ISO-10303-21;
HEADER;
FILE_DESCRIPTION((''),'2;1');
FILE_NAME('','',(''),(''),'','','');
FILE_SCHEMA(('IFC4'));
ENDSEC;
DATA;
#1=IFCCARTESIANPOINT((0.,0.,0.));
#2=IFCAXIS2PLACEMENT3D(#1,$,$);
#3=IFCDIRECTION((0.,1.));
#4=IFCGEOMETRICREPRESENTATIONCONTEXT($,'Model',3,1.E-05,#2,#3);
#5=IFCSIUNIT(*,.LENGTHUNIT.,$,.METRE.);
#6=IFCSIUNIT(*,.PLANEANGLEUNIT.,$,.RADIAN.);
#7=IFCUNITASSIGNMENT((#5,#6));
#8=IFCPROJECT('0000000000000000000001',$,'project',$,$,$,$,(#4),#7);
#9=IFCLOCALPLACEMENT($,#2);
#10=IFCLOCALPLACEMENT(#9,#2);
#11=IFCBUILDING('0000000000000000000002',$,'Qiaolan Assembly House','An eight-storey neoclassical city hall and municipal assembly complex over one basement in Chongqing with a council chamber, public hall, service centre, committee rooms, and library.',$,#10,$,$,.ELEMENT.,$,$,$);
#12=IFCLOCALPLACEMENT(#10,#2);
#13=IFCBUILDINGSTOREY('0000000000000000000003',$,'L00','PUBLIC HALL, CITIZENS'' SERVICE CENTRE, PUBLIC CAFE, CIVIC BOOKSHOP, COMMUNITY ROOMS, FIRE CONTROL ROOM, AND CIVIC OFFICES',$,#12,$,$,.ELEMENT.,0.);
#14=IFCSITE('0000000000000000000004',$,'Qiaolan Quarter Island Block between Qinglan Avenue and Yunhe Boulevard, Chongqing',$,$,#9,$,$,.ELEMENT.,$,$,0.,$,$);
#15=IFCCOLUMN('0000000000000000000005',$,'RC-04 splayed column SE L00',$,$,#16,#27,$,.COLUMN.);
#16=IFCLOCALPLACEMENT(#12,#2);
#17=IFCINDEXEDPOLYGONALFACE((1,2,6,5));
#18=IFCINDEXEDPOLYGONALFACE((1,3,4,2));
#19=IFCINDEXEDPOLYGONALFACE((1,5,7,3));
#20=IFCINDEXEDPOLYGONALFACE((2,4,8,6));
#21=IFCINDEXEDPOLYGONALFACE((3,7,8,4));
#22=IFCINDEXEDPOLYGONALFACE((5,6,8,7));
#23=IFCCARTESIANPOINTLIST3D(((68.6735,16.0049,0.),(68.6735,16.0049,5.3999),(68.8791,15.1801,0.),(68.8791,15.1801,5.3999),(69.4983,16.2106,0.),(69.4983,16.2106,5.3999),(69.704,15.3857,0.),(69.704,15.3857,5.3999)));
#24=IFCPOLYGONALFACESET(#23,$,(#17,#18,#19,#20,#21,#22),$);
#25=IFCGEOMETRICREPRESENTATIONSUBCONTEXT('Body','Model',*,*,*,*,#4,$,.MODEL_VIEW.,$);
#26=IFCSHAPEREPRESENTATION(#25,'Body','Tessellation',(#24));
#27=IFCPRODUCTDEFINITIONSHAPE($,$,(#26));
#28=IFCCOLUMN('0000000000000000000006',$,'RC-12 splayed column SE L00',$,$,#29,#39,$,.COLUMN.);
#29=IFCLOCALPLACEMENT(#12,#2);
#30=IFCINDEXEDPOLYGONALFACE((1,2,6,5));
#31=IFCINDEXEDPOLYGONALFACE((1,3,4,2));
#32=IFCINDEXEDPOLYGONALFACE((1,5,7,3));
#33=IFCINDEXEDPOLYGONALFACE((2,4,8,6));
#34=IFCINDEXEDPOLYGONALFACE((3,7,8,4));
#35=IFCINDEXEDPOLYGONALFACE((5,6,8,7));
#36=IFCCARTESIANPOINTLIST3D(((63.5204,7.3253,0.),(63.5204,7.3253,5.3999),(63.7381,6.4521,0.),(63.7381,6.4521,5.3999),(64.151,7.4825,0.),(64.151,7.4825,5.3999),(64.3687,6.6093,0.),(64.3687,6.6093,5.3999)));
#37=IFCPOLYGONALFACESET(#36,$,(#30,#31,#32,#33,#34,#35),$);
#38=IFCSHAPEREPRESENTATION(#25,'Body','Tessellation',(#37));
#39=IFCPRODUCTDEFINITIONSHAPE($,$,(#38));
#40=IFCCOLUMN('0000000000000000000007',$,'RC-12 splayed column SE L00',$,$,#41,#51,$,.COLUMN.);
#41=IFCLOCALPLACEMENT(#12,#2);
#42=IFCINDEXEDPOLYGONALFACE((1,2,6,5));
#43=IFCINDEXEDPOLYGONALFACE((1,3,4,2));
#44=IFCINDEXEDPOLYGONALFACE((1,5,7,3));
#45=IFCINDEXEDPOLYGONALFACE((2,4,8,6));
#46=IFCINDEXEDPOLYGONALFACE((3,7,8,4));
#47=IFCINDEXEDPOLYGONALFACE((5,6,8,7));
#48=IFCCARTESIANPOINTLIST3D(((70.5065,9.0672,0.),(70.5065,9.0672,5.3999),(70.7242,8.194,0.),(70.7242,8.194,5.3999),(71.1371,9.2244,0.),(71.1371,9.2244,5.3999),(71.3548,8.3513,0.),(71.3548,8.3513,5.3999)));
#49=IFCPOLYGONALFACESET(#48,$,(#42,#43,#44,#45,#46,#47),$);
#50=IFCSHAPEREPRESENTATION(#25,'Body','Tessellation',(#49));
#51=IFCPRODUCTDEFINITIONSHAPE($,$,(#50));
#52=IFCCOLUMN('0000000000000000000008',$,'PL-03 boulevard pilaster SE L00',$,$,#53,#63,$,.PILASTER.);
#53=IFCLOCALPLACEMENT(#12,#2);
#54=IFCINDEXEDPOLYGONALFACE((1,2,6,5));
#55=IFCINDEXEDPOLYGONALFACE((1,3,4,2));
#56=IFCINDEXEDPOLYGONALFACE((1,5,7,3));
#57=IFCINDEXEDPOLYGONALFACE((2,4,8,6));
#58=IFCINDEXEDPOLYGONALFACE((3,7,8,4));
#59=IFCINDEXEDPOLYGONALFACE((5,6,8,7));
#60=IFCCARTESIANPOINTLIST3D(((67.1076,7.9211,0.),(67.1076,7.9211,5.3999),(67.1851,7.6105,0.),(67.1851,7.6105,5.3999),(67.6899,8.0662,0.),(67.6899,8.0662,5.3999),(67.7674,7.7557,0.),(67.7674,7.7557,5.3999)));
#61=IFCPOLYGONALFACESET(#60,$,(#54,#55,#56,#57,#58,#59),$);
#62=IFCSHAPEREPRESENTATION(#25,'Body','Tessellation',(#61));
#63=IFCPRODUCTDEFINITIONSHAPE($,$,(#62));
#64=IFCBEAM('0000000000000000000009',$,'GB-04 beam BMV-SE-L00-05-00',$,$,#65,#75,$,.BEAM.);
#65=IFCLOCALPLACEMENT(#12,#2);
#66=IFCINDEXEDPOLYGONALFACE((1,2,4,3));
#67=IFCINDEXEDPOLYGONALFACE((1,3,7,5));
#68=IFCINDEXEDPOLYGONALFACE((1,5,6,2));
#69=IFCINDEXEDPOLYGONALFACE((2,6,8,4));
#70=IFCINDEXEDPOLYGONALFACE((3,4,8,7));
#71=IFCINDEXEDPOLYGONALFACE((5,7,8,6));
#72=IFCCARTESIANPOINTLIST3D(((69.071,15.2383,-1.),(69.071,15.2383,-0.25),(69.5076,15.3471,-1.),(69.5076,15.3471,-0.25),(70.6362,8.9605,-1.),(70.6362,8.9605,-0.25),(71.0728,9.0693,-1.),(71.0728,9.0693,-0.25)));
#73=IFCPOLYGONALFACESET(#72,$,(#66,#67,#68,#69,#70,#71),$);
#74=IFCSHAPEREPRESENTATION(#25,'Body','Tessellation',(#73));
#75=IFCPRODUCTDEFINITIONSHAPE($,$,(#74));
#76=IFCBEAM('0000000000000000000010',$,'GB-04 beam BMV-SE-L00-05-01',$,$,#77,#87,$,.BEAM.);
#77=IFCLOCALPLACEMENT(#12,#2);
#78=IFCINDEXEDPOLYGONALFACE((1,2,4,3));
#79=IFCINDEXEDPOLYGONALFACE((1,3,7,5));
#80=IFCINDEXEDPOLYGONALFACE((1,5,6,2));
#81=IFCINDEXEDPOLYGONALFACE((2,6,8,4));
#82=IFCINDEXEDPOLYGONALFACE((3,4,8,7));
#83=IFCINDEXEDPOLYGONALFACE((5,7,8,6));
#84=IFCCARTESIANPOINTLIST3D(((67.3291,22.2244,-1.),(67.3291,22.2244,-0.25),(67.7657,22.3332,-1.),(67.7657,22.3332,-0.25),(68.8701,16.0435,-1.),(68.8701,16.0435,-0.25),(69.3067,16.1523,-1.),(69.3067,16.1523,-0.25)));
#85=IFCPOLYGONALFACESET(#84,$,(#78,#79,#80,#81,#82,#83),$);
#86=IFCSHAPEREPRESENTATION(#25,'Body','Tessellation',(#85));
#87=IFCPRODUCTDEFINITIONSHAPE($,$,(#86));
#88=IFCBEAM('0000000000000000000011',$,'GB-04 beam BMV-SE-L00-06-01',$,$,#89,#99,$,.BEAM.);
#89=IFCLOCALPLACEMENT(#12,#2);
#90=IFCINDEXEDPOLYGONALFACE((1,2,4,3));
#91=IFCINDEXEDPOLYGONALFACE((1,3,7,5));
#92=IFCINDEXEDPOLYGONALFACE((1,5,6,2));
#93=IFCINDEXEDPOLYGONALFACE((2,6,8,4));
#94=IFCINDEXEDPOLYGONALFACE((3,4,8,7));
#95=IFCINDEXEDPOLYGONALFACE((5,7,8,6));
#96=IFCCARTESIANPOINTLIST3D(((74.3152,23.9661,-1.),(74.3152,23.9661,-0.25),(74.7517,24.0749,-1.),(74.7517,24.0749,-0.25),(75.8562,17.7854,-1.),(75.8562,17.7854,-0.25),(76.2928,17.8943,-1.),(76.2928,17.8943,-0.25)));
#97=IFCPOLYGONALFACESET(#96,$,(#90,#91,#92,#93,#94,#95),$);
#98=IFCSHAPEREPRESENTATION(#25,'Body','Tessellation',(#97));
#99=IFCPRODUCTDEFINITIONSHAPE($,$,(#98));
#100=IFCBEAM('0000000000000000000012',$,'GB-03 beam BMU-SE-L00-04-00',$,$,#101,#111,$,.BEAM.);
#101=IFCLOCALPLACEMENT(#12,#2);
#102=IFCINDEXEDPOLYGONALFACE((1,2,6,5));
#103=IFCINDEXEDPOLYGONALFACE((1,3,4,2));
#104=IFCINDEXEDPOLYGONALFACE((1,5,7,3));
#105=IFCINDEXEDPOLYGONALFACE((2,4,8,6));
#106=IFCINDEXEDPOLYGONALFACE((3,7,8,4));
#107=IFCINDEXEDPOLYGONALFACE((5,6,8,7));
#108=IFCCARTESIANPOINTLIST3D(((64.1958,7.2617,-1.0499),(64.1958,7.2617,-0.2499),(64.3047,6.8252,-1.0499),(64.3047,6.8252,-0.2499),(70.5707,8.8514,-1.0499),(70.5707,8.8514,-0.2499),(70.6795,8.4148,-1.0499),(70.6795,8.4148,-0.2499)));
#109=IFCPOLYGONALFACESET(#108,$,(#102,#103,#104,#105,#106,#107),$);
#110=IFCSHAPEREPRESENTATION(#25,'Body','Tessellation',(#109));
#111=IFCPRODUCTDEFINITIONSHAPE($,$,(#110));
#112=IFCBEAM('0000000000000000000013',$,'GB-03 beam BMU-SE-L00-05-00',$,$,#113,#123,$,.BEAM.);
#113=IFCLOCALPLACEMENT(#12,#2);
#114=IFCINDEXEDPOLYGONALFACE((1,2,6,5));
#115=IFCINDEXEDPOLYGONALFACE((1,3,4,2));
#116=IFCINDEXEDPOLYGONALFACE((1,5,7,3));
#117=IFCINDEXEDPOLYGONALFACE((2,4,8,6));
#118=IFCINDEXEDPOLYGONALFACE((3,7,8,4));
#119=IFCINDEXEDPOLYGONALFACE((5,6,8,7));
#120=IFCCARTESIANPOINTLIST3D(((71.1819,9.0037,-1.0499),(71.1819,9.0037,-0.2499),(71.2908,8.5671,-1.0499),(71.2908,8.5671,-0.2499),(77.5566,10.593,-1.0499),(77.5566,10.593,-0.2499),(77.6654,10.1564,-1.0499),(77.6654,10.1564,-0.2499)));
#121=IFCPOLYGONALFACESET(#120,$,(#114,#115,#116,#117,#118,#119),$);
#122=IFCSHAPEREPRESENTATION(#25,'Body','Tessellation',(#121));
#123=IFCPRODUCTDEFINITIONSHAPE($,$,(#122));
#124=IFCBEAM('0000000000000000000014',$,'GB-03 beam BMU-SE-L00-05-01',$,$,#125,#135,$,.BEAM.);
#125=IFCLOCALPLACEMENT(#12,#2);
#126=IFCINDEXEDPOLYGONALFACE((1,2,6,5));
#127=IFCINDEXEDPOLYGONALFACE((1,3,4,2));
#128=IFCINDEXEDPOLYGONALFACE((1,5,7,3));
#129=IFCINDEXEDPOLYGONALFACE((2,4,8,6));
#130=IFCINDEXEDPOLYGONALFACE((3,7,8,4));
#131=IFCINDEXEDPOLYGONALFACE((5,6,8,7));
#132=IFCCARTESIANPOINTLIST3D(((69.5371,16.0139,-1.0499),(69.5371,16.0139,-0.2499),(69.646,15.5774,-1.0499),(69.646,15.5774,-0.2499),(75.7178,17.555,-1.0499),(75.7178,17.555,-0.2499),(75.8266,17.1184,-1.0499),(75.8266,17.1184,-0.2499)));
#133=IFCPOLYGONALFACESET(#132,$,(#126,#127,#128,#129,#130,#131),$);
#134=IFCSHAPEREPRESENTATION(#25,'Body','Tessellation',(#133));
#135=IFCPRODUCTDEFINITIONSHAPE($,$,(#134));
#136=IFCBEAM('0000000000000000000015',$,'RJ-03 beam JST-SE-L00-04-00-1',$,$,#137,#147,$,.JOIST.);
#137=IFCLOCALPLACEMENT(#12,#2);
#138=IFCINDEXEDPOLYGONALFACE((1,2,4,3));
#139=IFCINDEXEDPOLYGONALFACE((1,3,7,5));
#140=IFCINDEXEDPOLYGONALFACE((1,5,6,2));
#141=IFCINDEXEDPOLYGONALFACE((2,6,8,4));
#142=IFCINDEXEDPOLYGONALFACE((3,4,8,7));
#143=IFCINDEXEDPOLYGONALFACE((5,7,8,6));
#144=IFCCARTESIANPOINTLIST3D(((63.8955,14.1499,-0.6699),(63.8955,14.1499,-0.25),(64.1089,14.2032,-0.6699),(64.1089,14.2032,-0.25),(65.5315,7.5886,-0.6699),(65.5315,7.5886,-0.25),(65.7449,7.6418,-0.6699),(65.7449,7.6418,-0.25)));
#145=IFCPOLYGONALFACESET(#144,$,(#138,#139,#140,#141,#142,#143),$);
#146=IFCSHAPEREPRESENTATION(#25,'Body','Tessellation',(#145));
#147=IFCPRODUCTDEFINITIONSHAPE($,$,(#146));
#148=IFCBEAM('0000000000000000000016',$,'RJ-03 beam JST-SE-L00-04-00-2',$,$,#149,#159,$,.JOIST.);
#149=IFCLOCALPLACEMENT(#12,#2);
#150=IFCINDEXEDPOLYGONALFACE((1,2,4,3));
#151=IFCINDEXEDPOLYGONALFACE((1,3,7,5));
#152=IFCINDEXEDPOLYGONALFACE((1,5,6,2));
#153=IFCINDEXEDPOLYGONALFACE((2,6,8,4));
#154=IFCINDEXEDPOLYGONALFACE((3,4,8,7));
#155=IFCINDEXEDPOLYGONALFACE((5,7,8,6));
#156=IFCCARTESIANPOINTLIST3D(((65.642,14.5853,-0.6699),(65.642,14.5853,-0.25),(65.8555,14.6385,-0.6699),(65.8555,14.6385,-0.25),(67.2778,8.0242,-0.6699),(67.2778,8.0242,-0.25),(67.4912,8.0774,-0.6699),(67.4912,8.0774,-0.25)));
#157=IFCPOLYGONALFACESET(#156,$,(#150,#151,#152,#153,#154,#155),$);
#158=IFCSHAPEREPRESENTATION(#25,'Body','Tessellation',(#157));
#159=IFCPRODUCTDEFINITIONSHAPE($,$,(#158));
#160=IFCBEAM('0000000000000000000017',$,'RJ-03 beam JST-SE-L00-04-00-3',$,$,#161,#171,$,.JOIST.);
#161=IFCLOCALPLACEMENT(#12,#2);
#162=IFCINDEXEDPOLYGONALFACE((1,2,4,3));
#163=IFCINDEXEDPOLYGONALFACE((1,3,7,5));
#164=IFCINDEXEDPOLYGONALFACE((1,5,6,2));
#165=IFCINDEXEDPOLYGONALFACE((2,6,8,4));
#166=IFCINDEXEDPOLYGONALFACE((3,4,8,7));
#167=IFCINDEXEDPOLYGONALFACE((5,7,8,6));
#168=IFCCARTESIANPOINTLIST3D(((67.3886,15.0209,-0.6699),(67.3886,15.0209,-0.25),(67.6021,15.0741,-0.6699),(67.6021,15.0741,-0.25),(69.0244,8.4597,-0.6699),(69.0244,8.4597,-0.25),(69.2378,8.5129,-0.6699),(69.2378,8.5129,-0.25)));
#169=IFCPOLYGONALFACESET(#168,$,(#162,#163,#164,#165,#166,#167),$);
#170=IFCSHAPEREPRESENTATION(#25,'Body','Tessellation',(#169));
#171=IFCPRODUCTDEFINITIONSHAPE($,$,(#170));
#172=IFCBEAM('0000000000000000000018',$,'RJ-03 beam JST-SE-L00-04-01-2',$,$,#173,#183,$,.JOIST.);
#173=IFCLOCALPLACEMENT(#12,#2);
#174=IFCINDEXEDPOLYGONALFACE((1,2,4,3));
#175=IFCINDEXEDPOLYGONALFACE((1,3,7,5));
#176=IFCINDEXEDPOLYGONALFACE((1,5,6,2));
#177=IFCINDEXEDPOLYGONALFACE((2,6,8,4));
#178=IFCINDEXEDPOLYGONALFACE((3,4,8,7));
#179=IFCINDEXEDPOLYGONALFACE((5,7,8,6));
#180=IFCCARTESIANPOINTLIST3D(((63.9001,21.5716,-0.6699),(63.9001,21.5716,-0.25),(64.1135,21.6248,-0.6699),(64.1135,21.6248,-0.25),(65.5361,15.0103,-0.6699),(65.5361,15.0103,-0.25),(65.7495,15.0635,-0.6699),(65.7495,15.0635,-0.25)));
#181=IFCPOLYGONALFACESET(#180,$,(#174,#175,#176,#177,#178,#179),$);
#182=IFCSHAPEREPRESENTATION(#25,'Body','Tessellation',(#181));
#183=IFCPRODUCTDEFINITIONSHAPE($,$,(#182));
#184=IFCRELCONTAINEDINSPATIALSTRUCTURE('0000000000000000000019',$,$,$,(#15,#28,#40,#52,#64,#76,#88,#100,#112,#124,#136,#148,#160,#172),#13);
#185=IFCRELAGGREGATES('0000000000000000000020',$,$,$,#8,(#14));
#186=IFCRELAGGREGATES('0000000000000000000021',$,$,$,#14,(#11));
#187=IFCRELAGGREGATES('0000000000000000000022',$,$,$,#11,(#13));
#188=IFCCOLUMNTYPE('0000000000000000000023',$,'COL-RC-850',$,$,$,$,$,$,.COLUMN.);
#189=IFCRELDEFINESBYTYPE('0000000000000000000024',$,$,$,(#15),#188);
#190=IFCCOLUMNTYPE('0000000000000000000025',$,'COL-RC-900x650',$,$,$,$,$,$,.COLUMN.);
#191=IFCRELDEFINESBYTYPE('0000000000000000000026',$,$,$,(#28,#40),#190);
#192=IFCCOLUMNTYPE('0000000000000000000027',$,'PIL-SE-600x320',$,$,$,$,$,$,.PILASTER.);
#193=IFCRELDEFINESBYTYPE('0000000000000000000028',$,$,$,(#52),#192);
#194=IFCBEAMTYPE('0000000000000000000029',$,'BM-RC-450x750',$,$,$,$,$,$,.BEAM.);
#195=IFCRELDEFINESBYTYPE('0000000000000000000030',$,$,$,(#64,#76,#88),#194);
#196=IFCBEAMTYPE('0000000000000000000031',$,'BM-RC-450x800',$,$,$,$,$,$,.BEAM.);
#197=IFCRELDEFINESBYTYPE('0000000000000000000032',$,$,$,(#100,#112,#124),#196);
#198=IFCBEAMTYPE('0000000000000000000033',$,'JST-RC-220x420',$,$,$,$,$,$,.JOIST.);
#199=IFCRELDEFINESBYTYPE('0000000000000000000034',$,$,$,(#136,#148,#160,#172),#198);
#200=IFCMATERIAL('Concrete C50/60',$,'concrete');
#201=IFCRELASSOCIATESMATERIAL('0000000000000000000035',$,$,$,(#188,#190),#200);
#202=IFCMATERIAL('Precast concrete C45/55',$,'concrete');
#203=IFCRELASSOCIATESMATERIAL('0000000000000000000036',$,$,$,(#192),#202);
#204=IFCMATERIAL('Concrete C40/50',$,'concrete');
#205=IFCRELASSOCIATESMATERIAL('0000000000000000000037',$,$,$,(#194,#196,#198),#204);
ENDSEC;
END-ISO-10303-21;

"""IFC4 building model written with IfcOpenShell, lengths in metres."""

from ifc_helpers import new_model, si_unit, direction, frame, origin, origin_2d, place, context, subcontext, project, spatial, rectangle, extrude, material, material_profile, profile_set, type_object, element, save


model = new_model("IFC4")

# Units and contexts
model_context = context("Model", 3, precision=1e-05, world=origin(), true_north=direction((0.0, 1.0)))
body_context = subcontext(model_context, "Body", "Model", "MODEL_VIEW")
ifc_project = project(units=[si_unit("LENGTHUNIT", "METRE"), si_unit("PLANEANGLEUNIT", "RADIAN")], contexts=[model_context])

# Site, building, storey
site_placement = place(None, origin())
site = spatial("IfcSite", under=ifc_project, at=site_placement, Name="Qiaolan Quarter Island Block between Qinglan Avenue and Yunhe Boulevard, Chongqing", CompositionType="ELEMENT", RefElevation=0.0)
building_placement = place(site_placement, origin())
building = spatial("IfcBuilding", under=site, at=building_placement, Name="Qiaolan Assembly House", Description="An eight-storey neoclassical city hall and municipal assembly complex over one basement in Chongqing with a council chamber, public hall, service centre, committee rooms, and library.", CompositionType="ELEMENT")
storey_placement = place(building_placement, origin())
storey = spatial("IfcBuildingStorey", under=building, at=storey_placement, Name="L00", Description="PUBLIC HALL, CITIZENS' SERVICE CENTRE, PUBLIC CAFE, CIVIC BOOKSHOP, COMMUNITY ROOMS, FIRE CONTROL ROOM, AND CIVIC OFFICES", CompositionType="ELEMENT", Elevation=0.0)

# Columns
ifc_material_1 = material(Name="Concrete C50/60", Category="concrete")
ifc_material_profile_1 = material_profile(ifc_material_1, rectangle(XDim=0.8501, YDim=0.8501, at=origin_2d()), Name="RC 850x850")
ifc_profile_set_1 = profile_set([ifc_material_profile_1], Name="Concrete C50/60")
column_type_1 = type_object("IfcColumnType", Name="COL-RC-850", PredefinedType="COLUMN", material=ifc_profile_set_1)
column_1_placement = place(storey_placement, frame((69.1887, 15.6953, 0.0), z_axis=(0.0, 0.0, 1.0), x_axis=(0.970296, 0.241922, 0.0)))
element("IfcColumn", 1, at=column_1_placement, inside=storey, type_object=column_type_1, Name="RC-04 splayed column SE L00", PredefinedType="COLUMN", context=body_context, shape_type="SweptSolid", body=[
    extrude(rectangle(XDim=0.8501, YDim=0.8501, at=origin_2d()), origin(), (0.0, 0.0, 1.0), 5.3999),
])
ifc_material_profile_2 = material_profile(ifc_material_1, rectangle(XDim=0.6499, YDim=0.8999, at=origin_2d()), Name="RC 900x650")
ifc_profile_set_2 = profile_set([ifc_material_profile_2], Name="Concrete C50/60")
column_type_2 = type_object("IfcColumnType", Name="COL-RC-900x650", PredefinedType="COLUMN", material=ifc_profile_set_2)
for number, where, z_axis, x_axis, name in (
    (2, (63.9446, 6.9673, 0.0), (0.0, 0.0, 1.0), (0.970296, 0.241922, 0.0), "RC-12 splayed column SE L00"),
    (3, (70.9307, 8.7092, 0.0), (0.0, 0.0, 1.0), (0.970296, 0.241922, 0.0), "RC-12 splayed column SE L00"),
):
    element("IfcColumn", number, at=place(storey_placement, frame(where, z_axis=z_axis, x_axis=x_axis)), inside=storey, type_object=column_type_2, Name=name, PredefinedType="COLUMN", context=body_context, shape_type="SweptSolid", body=[
        extrude(rectangle(XDim=0.6499, YDim=0.8999, at=origin_2d()), origin(), (0.0, 0.0, 1.0), 5.3999),
    ])
ifc_material_2 = material(Name="Precast concrete C45/55", Category="concrete")
ifc_material_profile_3 = material_profile(ifc_material_2, rectangle(XDim=0.6001, YDim=0.3201, at=origin_2d()), Name="PIL 600x320")
ifc_profile_set_3 = profile_set([ifc_material_profile_3], Name="Precast concrete C45/55")
column_type_3 = type_object("IfcColumnType", Name="PIL-SE-600x320", PredefinedType="PILASTER", material=ifc_profile_set_3)
column_2_placement = place(storey_placement, frame((67.4375, 7.8384, 0.0), z_axis=(0.0, 0.0, 1.0), x_axis=(0.970296, 0.241922, 0.0)))
element("IfcColumn", 4, at=column_2_placement, inside=storey, type_object=column_type_3, Name="PL-03 boulevard pilaster SE L00", PredefinedType="PILASTER", context=body_context, shape_type="SweptSolid", body=[
    extrude(rectangle(XDim=0.6001, YDim=0.3201, at=origin_2d()), origin(), (0.0, 0.0, 1.0), 5.3999),
])

# Beams
ifc_material_3 = material(Name="Concrete C40/50", Category="concrete")
ifc_material_profile_4 = material_profile(ifc_material_3, rectangle(XDim=0.45, YDim=0.75, at=origin_2d()), Name="RCB 450x750")
ifc_profile_set_4 = profile_set([ifc_material_profile_4], Name="Concrete C40/50")
beam_type_1 = type_object("IfcBeamType", Name="BM-RC-450x750", PredefinedType="BEAM", material=ifc_profile_set_4)
beam_1_placement = place(storey_placement, frame((70.8545, 9.0149, -0.625), z_axis=(-0.241914, 0.970298, 0.0), x_axis=(-0.970298, -0.241914, 0.0)))
element("IfcBeam", 5, at=beam_1_placement, inside=storey, type_object=beam_type_1, Name="GB-04 beam BMV-SE-L00-05-00", PredefinedType="BEAM", context=body_context, shape_type="SweptSolid", body=[
    extrude(rectangle(XDim=0.45, YDim=0.75, at=origin_2d()), origin(), (0.0, 0.0, 1.0), 6.47),
])
beam_2_placement = place(storey_placement, frame((69.0884, 16.0979, -0.625), z_axis=(-0.241913, 0.970298, 0.0), x_axis=(-0.970298, -0.241913, 0.0)))
element("IfcBeam", 6, at=beam_2_placement, inside=storey, type_object=beam_type_1, Name="GB-04 beam BMV-SE-L00-05-01", PredefinedType="BEAM", context=body_context, shape_type="SweptSolid", body=[
    extrude(rectangle(XDim=0.45, YDim=0.75, at=origin_2d()), origin(), (0.0, 0.0, 1.0), 6.3701),
])
beam_3_placement = place(storey_placement, frame((76.0745, 17.8398, -0.625), z_axis=(-0.241922, 0.970296, 0.0), x_axis=(-0.970296, -0.241922, 0.0)))
element("IfcBeam", 7, at=beam_3_placement, inside=storey, type_object=beam_type_1, Name="GB-04 beam BMV-SE-L00-06-01", PredefinedType="BEAM", context=body_context, shape_type="SweptSolid", body=[
    extrude(rectangle(XDim=0.45, YDim=0.75, at=origin_2d()), origin(), (0.0, 0.0, 1.0), 6.3699),
])
ifc_material_profile_5 = material_profile(ifc_material_3, rectangle(XDim=0.45, YDim=0.8, at=origin_2d()), Name="RCB 450x800")
ifc_profile_set_5 = profile_set([ifc_material_profile_5], Name="Concrete C40/50")
beam_type_2 = type_object("IfcBeamType", Name="BM-RC-450x800", PredefinedType="BEAM", material=ifc_profile_set_5)
beam_4_placement = place(storey_placement, frame((64.2502, 7.0435, -0.6499), z_axis=(0.970289, 0.24195, 0.0), x_axis=(-0.24195, 0.970289, 0.0)))
element("IfcBeam", 8, at=beam_4_placement, inside=storey, type_object=beam_type_2, Name="GB-03 beam BMU-SE-L00-04-00", PredefinedType="BEAM", context=body_context, shape_type="SweptSolid", body=[
    extrude(rectangle(XDim=0.45, YDim=0.8, at=origin_2d()), origin(), (0.0, 0.0, 1.0), 6.5701),
])
beam_5_placement = place(storey_placement, frame((71.2363, 8.7854, -0.6499), z_axis=(0.970298, 0.241915, 0.0), x_axis=(-0.241915, 0.970298, 0.0)))
element("IfcBeam", 9, at=beam_5_placement, inside=storey, type_object=beam_type_2, Name="GB-03 beam BMU-SE-L00-05-00", PredefinedType="BEAM", context=body_context, shape_type="SweptSolid", body=[
    extrude(rectangle(XDim=0.45, YDim=0.8, at=origin_2d()), origin(), (0.0, 0.0, 1.0), 6.5698),
])
beam_6_placement = place(storey_placement, frame((69.5916, 15.7957, -0.6499), z_axis=(0.970296, 0.241922, 0.0), x_axis=(-0.241922, 0.970296, 0.0)))
element("IfcBeam", 10, at=beam_6_placement, inside=storey, type_object=beam_type_2, Name="GB-03 beam BMU-SE-L00-05-01", PredefinedType="BEAM", context=body_context, shape_type="SweptSolid", body=[
    extrude(rectangle(XDim=0.45, YDim=0.8, at=origin_2d()), origin(), (0.0, 0.0, 1.0), 6.3699),
])
ifc_material_profile_6 = material_profile(ifc_material_3, rectangle(XDim=0.22, YDim=0.4199, at=origin_2d()), Name="RCB 220x420")
ifc_profile_set_6 = profile_set([ifc_material_profile_6], Name="Concrete C40/50")
beam_type_3 = type_object("IfcBeamType", Name="JST-RC-220x420", PredefinedType="JOIST", material=ifc_profile_set_6)
beam_7_placement = place(storey_placement, frame((65.6382, 7.6152, -0.46), z_axis=(-0.241932, 0.970293, 0.0), x_axis=(-0.970293, -0.241932, 0.0)))
element("IfcBeam", 11, at=beam_7_placement, inside=storey, type_object=beam_type_3, Name="RJ-03 beam JST-SE-L00-04-00-1", PredefinedType="JOIST", context=body_context, shape_type="SweptSolid", body=[
    extrude(rectangle(XDim=0.22, YDim=0.4199, at=origin_2d()), origin(), (0.0, 0.0, 1.0), 6.7622),
])
for number, where, z_axis, x_axis, name in (
    (12, (67.3845, 8.0508, -0.46), (-0.241907, 0.970299, 0.0), (-0.970299, -0.241907, 0.0), "RJ-03 beam JST-SE-L00-04-00-2"),
    (13, (69.1311, 8.4863, -0.46), (-0.241907, 0.970299, 0.0), (-0.970299, -0.241907, 0.0), "RJ-03 beam JST-SE-L00-04-00-3"),
):
    element("IfcBeam", number, at=place(storey_placement, frame(where, z_axis=z_axis, x_axis=x_axis)), inside=storey, type_object=beam_type_3, Name=name, PredefinedType="JOIST", context=body_context, shape_type="SweptSolid", body=[
        extrude(rectangle(XDim=0.22, YDim=0.4199, at=origin_2d()), origin(), (0.0, 0.0, 1.0), 6.762),
    ])
beam_8_placement = place(storey_placement, frame((65.6428, 15.0369, -0.46), z_axis=(-0.241932, 0.970293, 0.0), x_axis=(-0.970293, -0.241932, 0.0)))
element("IfcBeam", 14, at=beam_8_placement, inside=storey, type_object=beam_type_3, Name="RJ-03 beam JST-SE-L00-04-01-2", PredefinedType="JOIST", context=body_context, shape_type="SweptSolid", body=[
    extrude(rectangle(XDim=0.22, YDim=0.4199, at=origin_2d()), origin(), (0.0, 0.0, 1.0), 6.7622),
])

save(model, "model.ifc")
